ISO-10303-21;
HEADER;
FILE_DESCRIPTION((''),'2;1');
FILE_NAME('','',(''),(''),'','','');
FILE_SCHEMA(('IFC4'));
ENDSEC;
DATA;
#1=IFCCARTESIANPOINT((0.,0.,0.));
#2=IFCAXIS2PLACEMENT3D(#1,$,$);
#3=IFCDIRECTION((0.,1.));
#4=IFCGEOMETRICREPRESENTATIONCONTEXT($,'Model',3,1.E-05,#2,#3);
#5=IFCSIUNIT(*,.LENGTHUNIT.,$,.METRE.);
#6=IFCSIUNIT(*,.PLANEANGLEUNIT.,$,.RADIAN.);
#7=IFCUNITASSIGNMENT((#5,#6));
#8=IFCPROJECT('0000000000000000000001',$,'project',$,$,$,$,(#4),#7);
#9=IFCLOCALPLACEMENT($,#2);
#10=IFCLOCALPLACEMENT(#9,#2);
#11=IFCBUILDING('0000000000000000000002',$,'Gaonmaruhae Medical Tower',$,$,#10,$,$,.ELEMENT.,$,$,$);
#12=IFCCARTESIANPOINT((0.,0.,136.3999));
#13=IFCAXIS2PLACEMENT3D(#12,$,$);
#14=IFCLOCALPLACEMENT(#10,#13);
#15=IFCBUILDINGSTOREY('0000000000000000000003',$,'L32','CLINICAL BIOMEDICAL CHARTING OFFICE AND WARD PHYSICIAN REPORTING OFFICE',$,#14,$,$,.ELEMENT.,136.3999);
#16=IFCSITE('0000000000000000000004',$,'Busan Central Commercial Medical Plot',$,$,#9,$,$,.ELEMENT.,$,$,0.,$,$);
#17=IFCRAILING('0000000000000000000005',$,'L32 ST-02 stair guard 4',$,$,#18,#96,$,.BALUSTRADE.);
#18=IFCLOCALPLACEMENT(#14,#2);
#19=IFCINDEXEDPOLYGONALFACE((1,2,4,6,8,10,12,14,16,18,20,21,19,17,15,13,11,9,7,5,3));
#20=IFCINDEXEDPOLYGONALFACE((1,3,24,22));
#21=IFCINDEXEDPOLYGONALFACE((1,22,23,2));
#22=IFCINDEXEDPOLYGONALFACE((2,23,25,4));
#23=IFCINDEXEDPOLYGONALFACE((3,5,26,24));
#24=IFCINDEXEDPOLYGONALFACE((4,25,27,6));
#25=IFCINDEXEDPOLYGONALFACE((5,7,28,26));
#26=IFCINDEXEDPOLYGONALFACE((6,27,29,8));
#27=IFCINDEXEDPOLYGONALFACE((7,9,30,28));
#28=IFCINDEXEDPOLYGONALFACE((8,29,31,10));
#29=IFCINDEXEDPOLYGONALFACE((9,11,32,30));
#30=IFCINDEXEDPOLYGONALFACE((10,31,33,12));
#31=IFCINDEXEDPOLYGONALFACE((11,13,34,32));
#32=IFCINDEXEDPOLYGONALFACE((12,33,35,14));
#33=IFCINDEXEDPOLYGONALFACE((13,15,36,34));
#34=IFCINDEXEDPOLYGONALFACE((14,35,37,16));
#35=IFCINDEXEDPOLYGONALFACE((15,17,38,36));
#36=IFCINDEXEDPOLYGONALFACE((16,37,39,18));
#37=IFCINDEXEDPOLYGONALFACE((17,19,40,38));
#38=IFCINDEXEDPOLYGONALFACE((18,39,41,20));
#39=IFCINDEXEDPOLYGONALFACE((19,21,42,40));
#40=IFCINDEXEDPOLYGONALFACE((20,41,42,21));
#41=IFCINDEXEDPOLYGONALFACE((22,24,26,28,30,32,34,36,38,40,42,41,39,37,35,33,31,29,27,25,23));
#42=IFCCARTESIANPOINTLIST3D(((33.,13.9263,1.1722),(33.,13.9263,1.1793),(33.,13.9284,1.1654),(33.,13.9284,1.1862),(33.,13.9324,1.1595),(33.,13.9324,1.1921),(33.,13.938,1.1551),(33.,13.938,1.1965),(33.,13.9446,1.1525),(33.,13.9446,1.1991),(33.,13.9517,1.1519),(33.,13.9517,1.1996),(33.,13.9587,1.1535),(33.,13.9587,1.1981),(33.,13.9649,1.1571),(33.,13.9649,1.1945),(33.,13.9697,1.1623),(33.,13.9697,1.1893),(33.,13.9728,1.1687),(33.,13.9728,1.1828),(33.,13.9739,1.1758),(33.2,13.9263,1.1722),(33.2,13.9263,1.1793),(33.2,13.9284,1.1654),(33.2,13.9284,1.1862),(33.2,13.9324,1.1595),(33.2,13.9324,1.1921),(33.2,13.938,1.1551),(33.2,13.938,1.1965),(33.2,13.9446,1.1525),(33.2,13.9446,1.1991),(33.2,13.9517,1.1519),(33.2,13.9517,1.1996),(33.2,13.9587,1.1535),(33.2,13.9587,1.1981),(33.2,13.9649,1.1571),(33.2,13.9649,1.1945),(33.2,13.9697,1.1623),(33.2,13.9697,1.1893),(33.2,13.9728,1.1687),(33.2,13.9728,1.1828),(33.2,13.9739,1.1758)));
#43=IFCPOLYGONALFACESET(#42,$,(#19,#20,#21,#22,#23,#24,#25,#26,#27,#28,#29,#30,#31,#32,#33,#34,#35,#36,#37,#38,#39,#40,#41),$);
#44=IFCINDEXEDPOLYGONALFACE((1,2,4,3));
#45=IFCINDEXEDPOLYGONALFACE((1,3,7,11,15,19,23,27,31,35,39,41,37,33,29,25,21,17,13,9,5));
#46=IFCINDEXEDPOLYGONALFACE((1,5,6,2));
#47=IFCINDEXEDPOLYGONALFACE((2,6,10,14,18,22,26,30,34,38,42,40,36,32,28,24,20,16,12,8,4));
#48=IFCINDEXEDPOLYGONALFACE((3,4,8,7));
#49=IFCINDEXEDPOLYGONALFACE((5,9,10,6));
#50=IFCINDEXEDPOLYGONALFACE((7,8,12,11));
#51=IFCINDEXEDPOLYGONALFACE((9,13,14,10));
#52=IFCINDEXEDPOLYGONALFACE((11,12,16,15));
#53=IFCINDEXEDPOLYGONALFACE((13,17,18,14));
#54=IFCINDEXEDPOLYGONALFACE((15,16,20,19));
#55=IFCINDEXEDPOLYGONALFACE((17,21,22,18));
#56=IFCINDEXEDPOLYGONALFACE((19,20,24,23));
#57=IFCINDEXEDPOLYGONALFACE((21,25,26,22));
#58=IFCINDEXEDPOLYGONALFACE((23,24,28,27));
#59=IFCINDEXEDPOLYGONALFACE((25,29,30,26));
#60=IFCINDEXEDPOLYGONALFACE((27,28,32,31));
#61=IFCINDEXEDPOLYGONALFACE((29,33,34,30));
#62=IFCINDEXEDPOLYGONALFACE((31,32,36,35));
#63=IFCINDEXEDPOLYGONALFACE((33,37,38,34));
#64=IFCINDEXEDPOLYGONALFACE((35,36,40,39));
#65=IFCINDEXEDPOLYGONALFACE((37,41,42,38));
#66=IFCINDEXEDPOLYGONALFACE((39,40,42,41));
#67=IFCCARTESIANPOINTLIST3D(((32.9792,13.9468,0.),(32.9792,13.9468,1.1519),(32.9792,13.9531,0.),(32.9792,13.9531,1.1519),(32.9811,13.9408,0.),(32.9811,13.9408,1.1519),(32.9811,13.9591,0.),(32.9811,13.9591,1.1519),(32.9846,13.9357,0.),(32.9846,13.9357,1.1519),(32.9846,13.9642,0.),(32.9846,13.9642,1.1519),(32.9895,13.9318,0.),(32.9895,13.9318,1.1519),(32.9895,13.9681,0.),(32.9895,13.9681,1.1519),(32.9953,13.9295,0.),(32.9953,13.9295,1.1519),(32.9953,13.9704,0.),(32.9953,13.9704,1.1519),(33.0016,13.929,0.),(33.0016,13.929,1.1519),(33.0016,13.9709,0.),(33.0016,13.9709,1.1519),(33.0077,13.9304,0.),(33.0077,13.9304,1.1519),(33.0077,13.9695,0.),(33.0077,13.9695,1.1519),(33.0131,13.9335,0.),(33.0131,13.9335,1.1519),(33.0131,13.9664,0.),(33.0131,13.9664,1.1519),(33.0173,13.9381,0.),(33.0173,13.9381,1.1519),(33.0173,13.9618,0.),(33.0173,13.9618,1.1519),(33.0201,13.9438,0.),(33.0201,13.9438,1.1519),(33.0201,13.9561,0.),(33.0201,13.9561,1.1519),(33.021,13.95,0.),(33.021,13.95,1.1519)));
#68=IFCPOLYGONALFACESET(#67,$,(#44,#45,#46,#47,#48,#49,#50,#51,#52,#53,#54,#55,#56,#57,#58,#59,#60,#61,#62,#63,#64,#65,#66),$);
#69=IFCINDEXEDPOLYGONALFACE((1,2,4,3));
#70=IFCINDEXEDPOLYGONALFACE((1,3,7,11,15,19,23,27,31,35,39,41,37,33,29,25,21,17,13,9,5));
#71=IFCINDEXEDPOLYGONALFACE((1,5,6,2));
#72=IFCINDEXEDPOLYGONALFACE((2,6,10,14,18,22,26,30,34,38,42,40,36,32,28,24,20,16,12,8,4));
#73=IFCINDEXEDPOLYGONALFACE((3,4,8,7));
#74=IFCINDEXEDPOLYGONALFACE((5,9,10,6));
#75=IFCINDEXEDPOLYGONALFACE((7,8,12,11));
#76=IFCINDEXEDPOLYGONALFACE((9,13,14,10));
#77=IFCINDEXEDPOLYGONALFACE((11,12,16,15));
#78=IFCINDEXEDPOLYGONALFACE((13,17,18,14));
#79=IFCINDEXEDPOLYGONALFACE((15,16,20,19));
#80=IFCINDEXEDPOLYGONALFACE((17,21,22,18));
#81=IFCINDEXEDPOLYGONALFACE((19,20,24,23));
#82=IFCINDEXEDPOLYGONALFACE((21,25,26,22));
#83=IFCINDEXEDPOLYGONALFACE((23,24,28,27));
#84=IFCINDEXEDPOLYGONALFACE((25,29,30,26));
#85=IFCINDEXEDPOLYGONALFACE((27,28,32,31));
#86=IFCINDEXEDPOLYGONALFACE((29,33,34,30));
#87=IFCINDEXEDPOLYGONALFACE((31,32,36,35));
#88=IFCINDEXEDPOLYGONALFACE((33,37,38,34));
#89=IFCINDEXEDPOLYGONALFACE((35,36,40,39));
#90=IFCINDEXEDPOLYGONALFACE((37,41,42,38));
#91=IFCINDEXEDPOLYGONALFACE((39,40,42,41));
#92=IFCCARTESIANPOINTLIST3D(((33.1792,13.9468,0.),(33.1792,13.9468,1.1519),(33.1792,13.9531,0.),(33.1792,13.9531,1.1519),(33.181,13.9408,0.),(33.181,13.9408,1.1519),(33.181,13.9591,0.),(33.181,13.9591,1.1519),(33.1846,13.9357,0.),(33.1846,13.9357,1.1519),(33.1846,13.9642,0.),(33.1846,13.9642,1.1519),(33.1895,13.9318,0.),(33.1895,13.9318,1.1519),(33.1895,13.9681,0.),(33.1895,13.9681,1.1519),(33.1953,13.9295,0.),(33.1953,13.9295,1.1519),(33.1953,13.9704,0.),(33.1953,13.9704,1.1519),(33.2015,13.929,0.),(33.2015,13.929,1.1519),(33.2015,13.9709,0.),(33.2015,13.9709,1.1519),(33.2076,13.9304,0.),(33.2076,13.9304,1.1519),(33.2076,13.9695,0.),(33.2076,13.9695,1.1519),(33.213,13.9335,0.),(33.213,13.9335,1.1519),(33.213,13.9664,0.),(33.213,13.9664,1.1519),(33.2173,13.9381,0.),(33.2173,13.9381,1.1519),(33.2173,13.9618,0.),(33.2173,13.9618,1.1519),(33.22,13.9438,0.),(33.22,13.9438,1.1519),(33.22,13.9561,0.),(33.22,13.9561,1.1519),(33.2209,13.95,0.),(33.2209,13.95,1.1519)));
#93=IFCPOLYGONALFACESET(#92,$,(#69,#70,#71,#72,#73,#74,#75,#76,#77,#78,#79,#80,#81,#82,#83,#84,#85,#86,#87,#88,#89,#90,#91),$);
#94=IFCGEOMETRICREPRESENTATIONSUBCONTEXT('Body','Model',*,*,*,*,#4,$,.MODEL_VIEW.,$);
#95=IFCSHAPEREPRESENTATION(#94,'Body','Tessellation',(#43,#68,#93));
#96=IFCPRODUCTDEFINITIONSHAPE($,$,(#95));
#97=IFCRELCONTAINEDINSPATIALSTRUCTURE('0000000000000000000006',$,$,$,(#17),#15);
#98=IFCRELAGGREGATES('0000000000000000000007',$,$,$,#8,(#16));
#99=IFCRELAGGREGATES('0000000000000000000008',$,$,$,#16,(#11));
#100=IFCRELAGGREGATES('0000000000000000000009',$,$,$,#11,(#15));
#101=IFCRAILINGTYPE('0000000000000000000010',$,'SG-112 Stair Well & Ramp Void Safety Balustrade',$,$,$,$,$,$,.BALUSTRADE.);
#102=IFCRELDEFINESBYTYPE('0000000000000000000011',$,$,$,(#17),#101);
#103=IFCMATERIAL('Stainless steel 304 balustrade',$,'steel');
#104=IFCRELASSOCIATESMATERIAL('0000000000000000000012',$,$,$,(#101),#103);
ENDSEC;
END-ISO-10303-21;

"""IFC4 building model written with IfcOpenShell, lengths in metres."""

from ifc_helpers import new_model, si_unit, direction, frame, origin, origin_2d, place, context, subcontext, project, spatial, circle, extrude, material, type_object, element, save


model = new_model("IFC4")

# Units and contexts
model_context = context("Model", 3, precision=1e-05, world=origin(), true_north=direction((0.0, 1.0)))
body_context = subcontext(model_context, "Body", "Model", "MODEL_VIEW")
ifc_project = project(units=[si_unit("LENGTHUNIT", "METRE"), si_unit("PLANEANGLEUNIT", "RADIAN")], contexts=[model_context])

# Site, building, storey
site_placement = place(None, origin())
site = spatial("IfcSite", under=ifc_project, at=site_placement, Name="Busan Central Commercial Medical Plot", CompositionType="ELEMENT", RefElevation=0.0)
building_placement = place(site_placement, origin())
building = spatial("IfcBuilding", under=site, at=building_placement, Name="Gaonmaruhae Medical Tower", CompositionType="ELEMENT")
storey_placement = place(building_placement, frame((0.0, 0.0, 136.3999)))
storey = spatial("IfcBuildingStorey", under=building, at=storey_placement, Name="L32", Description="CLINICAL BIOMEDICAL CHARTING OFFICE AND WARD PHYSICIAN REPORTING OFFICE", CompositionType="ELEMENT", Elevation=136.3999)

# Railing
ifc_material_1 = material(Name="Stainless steel 304 balustrade", Category="steel")
railing_type_1 = type_object("IfcRailingType", Name="SG-112 Stair Well & Ramp Void Safety Balustrade", PredefinedType="BALUSTRADE", material=ifc_material_1)
railing_1_placement = place(storey_placement, frame((33.0, 13.95, 0.0)))
element("IfcRailing", 1, at=railing_1_placement, inside=storey, type_object=railing_type_1, Name="L32 ST-02 stair guard 4", PredefinedType="BALUSTRADE", context=body_context, shape_type="SweptSolid", body=[
    extrude(circle(Radius=0.0239, at=origin_2d()), frame((0.0, 0.0, 1.1758), z_axis=(1.0, 0.0, 0.0), x_axis=(0.0, 1.0, 0.0)), (0.0, 0.0, 1.0), 0.2),
    extrude(circle(Radius=0.021, at=origin_2d()), origin(), (0.0, 0.0, 1.0), 1.1519),
    extrude(circle(Radius=0.021, at=origin_2d()), frame((0.2, 0.0, 0.0)), (0.0, 0.0, 1.0), 1.1519),
])

save(model, "model.ifc")
